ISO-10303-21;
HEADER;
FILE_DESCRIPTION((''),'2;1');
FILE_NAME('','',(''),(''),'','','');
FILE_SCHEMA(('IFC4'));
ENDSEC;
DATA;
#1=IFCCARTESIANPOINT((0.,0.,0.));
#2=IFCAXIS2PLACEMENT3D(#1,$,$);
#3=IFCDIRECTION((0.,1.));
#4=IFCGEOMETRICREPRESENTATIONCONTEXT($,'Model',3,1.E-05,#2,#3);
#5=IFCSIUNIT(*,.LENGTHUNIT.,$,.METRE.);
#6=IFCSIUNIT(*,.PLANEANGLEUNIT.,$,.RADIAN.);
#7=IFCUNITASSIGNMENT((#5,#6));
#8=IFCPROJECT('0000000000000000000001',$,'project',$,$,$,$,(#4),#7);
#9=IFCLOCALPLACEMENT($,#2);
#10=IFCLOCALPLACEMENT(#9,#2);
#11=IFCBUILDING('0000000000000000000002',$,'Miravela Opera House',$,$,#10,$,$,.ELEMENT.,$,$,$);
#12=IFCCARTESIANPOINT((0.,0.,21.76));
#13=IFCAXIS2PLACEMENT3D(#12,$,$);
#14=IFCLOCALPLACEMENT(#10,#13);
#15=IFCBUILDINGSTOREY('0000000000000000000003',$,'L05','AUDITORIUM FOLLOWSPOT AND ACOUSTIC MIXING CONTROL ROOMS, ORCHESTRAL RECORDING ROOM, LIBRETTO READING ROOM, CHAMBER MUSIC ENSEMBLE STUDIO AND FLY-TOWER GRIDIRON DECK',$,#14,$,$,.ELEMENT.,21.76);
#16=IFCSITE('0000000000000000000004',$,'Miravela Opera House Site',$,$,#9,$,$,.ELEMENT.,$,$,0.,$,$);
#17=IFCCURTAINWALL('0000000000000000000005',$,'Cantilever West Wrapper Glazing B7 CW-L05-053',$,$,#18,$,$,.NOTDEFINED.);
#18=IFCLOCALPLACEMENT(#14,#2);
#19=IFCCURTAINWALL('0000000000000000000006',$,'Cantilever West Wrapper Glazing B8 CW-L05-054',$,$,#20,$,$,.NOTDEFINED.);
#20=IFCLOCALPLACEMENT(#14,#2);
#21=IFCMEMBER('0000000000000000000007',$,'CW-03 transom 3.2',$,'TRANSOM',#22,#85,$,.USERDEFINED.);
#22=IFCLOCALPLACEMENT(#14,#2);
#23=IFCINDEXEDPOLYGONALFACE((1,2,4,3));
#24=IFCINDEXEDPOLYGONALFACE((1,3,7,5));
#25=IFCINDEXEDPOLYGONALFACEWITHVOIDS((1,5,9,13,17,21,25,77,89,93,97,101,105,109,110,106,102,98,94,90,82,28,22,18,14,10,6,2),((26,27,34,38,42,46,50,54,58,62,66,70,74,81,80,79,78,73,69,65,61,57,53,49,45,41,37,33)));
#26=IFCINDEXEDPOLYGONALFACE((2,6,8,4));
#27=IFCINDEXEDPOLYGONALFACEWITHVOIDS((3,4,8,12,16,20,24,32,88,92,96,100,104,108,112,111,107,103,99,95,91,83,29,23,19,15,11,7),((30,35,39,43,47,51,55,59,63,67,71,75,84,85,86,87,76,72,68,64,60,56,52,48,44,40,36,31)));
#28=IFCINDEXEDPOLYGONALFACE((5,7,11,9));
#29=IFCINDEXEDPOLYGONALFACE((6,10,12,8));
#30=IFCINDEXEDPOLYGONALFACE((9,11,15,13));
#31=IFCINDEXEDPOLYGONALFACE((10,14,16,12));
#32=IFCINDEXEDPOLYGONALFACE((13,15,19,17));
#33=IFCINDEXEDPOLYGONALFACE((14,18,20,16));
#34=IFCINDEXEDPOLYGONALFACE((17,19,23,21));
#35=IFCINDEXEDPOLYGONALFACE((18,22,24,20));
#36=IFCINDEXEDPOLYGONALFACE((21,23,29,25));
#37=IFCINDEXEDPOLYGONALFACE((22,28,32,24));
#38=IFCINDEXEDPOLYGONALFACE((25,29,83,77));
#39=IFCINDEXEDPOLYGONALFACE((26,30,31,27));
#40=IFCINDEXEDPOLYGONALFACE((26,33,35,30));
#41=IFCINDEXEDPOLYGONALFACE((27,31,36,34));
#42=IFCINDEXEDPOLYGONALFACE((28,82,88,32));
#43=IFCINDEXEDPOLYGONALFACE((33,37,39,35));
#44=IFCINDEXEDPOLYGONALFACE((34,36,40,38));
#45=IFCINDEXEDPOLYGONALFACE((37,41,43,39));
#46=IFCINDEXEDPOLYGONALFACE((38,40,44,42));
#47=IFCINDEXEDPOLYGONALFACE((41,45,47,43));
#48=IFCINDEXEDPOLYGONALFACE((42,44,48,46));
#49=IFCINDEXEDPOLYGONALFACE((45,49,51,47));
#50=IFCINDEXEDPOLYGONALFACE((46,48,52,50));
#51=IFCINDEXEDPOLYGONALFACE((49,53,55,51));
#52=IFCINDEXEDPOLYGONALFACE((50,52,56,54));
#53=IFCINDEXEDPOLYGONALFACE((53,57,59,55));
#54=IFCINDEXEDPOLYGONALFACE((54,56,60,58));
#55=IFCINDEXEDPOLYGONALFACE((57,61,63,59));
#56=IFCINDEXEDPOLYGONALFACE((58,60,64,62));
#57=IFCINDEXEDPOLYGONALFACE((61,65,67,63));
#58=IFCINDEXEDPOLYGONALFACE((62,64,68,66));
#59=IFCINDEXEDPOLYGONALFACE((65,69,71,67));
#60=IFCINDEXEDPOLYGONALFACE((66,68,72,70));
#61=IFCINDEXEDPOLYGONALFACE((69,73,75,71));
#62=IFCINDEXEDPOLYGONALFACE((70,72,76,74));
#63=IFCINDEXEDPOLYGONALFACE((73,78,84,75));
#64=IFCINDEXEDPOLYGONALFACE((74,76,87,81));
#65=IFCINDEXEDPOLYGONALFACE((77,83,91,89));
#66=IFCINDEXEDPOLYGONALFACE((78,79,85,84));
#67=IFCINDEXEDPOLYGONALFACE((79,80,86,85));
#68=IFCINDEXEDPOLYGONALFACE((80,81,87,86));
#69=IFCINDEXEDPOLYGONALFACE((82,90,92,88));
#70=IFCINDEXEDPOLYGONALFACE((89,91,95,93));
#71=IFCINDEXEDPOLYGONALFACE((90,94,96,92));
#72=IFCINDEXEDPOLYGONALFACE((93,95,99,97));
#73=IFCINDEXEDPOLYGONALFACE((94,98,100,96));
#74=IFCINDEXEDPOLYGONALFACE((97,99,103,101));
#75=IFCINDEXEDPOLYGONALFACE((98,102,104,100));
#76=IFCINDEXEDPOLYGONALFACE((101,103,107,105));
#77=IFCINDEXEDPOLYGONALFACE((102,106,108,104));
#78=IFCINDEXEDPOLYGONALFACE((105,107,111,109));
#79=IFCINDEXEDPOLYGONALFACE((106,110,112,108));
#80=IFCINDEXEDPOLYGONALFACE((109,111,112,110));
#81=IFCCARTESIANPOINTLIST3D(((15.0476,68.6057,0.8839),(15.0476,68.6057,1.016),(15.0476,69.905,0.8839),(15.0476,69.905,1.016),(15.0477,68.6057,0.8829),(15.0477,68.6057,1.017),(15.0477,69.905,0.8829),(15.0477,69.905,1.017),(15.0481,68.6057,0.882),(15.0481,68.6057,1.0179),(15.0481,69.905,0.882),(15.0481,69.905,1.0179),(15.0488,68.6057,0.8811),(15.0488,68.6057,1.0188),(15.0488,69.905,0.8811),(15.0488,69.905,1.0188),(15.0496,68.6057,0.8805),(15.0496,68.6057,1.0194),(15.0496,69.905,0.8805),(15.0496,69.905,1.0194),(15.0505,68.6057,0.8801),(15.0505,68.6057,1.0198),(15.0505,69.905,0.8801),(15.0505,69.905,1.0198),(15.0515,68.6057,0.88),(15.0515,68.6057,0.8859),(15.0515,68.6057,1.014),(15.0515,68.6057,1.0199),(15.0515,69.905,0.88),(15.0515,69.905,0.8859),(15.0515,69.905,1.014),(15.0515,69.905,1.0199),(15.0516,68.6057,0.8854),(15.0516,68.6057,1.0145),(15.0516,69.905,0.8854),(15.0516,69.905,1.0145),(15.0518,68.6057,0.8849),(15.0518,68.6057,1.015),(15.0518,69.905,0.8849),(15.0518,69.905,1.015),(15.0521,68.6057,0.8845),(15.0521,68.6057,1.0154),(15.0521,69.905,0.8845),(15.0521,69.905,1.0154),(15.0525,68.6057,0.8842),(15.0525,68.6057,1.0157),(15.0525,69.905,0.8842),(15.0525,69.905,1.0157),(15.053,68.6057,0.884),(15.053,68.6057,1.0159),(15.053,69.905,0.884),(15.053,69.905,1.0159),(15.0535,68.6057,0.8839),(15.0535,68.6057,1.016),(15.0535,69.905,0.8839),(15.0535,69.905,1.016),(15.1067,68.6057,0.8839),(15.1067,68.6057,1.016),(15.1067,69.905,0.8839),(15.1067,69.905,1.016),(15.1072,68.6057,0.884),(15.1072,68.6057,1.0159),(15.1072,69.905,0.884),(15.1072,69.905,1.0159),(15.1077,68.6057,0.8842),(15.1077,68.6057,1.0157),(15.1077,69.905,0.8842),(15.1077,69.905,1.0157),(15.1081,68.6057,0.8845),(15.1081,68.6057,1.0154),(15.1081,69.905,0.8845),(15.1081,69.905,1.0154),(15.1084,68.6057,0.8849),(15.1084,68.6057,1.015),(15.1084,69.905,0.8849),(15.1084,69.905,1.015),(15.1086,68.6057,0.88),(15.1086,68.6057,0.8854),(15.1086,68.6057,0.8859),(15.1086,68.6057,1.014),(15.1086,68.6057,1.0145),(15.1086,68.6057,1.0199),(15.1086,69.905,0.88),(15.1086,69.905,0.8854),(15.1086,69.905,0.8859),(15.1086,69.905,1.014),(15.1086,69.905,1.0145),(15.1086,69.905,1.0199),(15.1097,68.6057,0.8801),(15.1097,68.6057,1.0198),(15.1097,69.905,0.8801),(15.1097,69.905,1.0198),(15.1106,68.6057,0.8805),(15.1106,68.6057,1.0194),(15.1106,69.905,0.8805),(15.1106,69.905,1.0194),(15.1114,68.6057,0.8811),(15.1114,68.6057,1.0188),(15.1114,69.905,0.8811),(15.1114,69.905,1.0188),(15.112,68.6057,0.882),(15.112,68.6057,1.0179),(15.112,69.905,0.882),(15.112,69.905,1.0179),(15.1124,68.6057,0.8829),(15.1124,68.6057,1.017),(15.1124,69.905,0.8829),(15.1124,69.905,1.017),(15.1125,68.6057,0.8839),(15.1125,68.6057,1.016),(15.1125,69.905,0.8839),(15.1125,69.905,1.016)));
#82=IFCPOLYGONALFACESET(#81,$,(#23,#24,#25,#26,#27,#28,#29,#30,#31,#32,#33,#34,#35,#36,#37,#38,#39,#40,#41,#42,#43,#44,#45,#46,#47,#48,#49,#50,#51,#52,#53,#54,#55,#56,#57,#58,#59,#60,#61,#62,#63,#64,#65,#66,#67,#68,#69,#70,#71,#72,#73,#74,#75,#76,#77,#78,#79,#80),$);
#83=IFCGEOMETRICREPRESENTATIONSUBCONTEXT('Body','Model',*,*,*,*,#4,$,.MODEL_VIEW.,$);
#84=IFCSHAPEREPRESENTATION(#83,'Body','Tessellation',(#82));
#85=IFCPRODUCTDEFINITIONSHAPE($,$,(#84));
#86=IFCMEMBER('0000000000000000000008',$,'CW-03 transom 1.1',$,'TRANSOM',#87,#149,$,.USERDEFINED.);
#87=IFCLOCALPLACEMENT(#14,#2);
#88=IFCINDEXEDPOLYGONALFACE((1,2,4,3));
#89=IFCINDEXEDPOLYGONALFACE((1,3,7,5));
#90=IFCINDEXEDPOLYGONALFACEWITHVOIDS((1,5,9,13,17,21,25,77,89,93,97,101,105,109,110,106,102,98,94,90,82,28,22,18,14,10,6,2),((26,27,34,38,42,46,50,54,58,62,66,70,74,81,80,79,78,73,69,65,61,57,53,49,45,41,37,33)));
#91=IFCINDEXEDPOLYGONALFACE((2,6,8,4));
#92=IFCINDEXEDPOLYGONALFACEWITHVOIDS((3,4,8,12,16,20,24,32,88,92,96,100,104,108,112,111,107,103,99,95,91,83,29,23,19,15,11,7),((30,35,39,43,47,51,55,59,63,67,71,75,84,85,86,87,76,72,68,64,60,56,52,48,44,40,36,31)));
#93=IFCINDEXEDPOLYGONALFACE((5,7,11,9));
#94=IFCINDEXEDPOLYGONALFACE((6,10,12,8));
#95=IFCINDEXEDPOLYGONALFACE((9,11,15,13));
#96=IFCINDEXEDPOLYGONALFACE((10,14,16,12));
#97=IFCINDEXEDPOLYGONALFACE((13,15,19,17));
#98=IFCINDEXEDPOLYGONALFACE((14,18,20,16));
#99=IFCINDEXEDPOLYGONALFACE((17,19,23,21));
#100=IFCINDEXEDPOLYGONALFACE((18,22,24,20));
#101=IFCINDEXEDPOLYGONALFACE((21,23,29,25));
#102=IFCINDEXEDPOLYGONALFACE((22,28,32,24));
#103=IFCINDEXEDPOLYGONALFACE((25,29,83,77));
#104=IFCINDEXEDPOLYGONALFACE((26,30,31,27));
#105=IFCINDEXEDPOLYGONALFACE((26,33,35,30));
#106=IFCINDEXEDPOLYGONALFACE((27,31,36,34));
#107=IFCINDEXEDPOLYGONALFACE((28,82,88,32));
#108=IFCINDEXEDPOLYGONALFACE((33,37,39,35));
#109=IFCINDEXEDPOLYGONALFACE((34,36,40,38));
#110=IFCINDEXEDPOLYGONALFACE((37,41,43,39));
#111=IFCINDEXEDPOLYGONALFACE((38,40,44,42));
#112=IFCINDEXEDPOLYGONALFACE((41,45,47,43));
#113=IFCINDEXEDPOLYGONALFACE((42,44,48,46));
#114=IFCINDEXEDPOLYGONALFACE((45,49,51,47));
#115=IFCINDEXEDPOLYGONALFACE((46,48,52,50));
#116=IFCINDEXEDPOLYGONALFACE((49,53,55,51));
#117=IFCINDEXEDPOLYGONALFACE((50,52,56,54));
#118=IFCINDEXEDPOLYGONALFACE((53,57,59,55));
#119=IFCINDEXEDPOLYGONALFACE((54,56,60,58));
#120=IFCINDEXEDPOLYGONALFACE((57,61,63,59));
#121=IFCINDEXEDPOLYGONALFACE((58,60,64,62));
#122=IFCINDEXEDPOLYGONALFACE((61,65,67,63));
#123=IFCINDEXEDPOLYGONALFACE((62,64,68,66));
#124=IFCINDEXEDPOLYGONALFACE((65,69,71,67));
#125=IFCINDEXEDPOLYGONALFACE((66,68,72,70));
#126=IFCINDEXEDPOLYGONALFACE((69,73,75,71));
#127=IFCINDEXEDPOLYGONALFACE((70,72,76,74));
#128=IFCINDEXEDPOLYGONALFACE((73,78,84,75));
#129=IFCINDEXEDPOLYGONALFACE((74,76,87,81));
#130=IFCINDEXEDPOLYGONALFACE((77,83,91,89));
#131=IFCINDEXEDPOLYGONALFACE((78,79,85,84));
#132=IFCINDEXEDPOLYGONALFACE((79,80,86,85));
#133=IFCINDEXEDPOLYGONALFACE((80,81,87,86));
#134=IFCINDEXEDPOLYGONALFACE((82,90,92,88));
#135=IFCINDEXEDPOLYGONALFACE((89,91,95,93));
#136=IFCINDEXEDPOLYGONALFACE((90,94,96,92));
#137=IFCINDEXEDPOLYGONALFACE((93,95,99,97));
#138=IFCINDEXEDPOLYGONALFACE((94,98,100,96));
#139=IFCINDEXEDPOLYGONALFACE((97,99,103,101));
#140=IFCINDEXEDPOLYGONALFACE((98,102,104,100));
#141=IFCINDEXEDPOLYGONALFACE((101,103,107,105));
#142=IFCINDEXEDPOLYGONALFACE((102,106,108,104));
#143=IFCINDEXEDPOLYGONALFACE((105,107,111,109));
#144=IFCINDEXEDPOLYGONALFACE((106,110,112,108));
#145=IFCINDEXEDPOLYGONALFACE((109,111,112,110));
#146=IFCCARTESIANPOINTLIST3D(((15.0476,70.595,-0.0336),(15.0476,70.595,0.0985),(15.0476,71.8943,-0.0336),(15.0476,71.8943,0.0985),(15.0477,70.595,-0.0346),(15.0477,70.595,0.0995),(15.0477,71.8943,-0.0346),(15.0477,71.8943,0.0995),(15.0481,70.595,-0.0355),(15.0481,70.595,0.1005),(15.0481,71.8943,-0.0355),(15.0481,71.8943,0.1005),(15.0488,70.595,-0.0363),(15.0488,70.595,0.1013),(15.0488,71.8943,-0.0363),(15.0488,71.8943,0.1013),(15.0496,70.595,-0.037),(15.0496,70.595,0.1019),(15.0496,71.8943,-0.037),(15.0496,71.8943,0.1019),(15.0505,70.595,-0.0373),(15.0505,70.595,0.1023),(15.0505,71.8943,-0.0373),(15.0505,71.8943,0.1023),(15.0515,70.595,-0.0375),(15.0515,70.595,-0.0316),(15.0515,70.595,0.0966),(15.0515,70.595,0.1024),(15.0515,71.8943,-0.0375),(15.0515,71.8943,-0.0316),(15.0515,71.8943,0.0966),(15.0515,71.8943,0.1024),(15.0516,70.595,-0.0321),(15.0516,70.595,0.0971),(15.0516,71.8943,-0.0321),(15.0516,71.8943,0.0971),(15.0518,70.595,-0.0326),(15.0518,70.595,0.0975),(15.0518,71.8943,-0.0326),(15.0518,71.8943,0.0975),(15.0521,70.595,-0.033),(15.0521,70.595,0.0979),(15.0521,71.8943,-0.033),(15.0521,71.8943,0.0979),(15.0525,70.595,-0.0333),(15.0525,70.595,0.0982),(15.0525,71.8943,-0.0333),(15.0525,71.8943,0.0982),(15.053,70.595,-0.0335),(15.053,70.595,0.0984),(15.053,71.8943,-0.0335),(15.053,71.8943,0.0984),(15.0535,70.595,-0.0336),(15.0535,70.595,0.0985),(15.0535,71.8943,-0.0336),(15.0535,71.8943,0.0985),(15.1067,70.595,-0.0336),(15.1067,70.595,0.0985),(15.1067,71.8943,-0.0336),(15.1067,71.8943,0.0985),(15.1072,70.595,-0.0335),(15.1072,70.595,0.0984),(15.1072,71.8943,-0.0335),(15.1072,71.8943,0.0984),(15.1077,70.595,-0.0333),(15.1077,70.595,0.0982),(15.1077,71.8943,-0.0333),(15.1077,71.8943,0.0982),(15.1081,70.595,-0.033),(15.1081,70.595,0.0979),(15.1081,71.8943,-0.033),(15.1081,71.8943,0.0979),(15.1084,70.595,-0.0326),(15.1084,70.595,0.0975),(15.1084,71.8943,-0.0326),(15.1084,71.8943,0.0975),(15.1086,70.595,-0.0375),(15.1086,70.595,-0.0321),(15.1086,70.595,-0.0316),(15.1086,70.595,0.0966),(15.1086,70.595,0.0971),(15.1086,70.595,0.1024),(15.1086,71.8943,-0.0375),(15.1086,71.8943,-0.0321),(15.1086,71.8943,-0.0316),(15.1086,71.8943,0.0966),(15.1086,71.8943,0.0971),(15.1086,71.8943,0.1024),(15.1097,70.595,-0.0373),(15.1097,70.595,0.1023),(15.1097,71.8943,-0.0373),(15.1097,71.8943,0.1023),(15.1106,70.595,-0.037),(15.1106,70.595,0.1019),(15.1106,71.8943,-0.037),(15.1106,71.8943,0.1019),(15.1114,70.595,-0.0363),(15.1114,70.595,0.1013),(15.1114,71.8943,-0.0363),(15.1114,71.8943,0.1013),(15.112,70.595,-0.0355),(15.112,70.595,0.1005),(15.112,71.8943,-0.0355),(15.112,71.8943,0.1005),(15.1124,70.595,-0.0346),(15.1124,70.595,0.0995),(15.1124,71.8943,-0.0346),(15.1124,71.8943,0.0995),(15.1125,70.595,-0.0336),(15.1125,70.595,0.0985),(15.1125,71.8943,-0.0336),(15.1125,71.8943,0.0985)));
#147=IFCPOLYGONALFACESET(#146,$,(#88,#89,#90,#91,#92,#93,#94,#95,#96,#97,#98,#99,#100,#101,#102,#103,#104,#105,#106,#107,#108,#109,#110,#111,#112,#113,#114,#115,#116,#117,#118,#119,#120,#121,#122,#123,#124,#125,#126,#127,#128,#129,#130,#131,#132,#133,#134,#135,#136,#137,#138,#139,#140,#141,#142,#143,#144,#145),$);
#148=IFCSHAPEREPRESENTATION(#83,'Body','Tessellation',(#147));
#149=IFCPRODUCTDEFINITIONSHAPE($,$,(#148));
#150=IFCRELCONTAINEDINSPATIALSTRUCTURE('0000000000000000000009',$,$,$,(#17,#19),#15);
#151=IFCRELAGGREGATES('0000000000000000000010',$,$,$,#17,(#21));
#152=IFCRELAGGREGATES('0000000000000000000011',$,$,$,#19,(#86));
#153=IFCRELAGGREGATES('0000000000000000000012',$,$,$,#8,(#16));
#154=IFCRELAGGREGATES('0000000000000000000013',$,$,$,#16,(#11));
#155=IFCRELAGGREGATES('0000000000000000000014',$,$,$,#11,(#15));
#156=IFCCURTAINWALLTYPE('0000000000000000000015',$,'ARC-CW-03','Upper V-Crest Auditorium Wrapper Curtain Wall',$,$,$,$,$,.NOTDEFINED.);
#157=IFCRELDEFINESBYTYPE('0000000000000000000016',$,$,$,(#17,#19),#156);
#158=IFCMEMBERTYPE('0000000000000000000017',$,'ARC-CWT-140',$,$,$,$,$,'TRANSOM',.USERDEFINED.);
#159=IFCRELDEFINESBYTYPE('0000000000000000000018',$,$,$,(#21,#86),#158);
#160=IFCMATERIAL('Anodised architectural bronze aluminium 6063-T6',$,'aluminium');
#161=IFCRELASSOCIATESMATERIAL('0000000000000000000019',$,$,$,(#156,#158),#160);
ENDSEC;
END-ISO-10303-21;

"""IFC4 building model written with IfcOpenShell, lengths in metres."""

from ifc_helpers import new_model, si_unit, direction, frame, origin, origin_2d, place, context, subcontext, project, spatial, hollow_rectangle, extrude, material, material_profile, profile_set, type_object, element, aggregate, save


model = new_model("IFC4")

# Units and contexts
model_context = context("Model", 3, precision=1e-05, world=origin(), true_north=direction((0.0, 1.0)))
body_context = subcontext(model_context, "Body", "Model", "MODEL_VIEW")
ifc_project = project(units=[si_unit("LENGTHUNIT", "METRE"), si_unit("PLANEANGLEUNIT", "RADIAN")], contexts=[model_context])

# Site, building, storey
site_placement = place(None, origin())
site = spatial("IfcSite", under=ifc_project, at=site_placement, Name="Miravela Opera House Site", CompositionType="ELEMENT", RefElevation=0.0)
building_placement = place(site_placement, origin())
building = spatial("IfcBuilding", under=site, at=building_placement, Name="Miravela Opera House", CompositionType="ELEMENT")
storey_placement = place(building_placement, frame((0.0, 0.0, 21.76)))
storey = spatial("IfcBuildingStorey", under=building, at=storey_placement, Name="L05", Description="AUDITORIUM FOLLOWSPOT AND ACOUSTIC MIXING CONTROL ROOMS, ORCHESTRAL RECORDING ROOM, LIBRETTO READING ROOM, CHAMBER MUSIC ENSEMBLE STUDIO AND FLY-TOWER GRIDIRON DECK", CompositionType="ELEMENT", Elevation=21.76)

# Curtain walls
ifc_material_1 = material(Name="Anodised architectural bronze aluminium 6063-T6", Category="aluminium")
curtain_wall_type = type_object("IfcCurtainWallType", Name="ARC-CW-03", Description="Upper V-Crest Auditorium Wrapper Curtain Wall", PredefinedType="NOTDEFINED", material=ifc_material_1)
curtain_wall_1_placement = place(storey_placement, origin())
curtain_wall_1 = element("IfcCurtainWall", 1, at=curtain_wall_1_placement, inside=storey, type_object=curtain_wall_type, Name="Cantilever West Wrapper Glazing B7 CW-L05-053", PredefinedType="NOTDEFINED")
curtain_wall_2_placement = place(storey_placement, origin())
curtain_wall_2 = element("IfcCurtainWall", 2, at=curtain_wall_2_placement, inside=storey, type_object=curtain_wall_type, Name="Cantilever West Wrapper Glazing B8 CW-L05-054", PredefinedType="NOTDEFINED")

# Members
ifc_material_profile_1 = material_profile(ifc_material_1, hollow_rectangle(XDim=0.0649, YDim=0.1399, WallThickness=0.0039, InnerFilletRadius=0.002, OuterFilletRadius=0.0039, at=origin_2d()), Name="CWT-65X140")
ifc_profile_set_1 = profile_set([ifc_material_profile_1])
member_type_1 = type_object("IfcMemberType", Name="ARC-CWT-140", ElementType="TRANSOM", PredefinedType="USERDEFINED", material=ifc_profile_set_1)
member_1_placement = place(storey_placement, frame((15.0801, 68.6057, 0.95), z_axis=(0.0, 1.0, 0.0), x_axis=(-1.0, 0.0, 0.0)))
member_1 = element("IfcMember", 3, at=member_1_placement, type_object=member_type_1, Name="CW-03 transom 3.2", ObjectType="TRANSOM", PredefinedType="USERDEFINED", context=body_context, shape_type="SweptSolid", body=[
    extrude(hollow_rectangle(XDim=0.0649, YDim=0.1399, WallThickness=0.0039, InnerFilletRadius=0.002, OuterFilletRadius=0.0039, at=origin_2d()), origin(), (0.0, 0.0, 1.0), 1.2993),
])
member_2_placement = place(storey_placement, frame((15.0801, 70.595, 0.0325), z_axis=(0.0, 1.0, 0.0), x_axis=(-1.0, 0.0, 0.0)))
member_2 = element("IfcMember", 4, at=member_2_placement, type_object=member_type_1, Name="CW-03 transom 1.1", ObjectType="TRANSOM", PredefinedType="USERDEFINED", context=body_context, shape_type="SweptSolid", body=[
    extrude(hollow_rectangle(XDim=0.0649, YDim=0.1399, WallThickness=0.0039, InnerFilletRadius=0.002, OuterFilletRadius=0.0039, at=origin_2d()), origin(), (0.0, 0.0, 1.0), 1.2993),
])

aggregate(curtain_wall_1, [member_1])
aggregate(curtain_wall_2, [member_2])

save(model, "model.ifc")
